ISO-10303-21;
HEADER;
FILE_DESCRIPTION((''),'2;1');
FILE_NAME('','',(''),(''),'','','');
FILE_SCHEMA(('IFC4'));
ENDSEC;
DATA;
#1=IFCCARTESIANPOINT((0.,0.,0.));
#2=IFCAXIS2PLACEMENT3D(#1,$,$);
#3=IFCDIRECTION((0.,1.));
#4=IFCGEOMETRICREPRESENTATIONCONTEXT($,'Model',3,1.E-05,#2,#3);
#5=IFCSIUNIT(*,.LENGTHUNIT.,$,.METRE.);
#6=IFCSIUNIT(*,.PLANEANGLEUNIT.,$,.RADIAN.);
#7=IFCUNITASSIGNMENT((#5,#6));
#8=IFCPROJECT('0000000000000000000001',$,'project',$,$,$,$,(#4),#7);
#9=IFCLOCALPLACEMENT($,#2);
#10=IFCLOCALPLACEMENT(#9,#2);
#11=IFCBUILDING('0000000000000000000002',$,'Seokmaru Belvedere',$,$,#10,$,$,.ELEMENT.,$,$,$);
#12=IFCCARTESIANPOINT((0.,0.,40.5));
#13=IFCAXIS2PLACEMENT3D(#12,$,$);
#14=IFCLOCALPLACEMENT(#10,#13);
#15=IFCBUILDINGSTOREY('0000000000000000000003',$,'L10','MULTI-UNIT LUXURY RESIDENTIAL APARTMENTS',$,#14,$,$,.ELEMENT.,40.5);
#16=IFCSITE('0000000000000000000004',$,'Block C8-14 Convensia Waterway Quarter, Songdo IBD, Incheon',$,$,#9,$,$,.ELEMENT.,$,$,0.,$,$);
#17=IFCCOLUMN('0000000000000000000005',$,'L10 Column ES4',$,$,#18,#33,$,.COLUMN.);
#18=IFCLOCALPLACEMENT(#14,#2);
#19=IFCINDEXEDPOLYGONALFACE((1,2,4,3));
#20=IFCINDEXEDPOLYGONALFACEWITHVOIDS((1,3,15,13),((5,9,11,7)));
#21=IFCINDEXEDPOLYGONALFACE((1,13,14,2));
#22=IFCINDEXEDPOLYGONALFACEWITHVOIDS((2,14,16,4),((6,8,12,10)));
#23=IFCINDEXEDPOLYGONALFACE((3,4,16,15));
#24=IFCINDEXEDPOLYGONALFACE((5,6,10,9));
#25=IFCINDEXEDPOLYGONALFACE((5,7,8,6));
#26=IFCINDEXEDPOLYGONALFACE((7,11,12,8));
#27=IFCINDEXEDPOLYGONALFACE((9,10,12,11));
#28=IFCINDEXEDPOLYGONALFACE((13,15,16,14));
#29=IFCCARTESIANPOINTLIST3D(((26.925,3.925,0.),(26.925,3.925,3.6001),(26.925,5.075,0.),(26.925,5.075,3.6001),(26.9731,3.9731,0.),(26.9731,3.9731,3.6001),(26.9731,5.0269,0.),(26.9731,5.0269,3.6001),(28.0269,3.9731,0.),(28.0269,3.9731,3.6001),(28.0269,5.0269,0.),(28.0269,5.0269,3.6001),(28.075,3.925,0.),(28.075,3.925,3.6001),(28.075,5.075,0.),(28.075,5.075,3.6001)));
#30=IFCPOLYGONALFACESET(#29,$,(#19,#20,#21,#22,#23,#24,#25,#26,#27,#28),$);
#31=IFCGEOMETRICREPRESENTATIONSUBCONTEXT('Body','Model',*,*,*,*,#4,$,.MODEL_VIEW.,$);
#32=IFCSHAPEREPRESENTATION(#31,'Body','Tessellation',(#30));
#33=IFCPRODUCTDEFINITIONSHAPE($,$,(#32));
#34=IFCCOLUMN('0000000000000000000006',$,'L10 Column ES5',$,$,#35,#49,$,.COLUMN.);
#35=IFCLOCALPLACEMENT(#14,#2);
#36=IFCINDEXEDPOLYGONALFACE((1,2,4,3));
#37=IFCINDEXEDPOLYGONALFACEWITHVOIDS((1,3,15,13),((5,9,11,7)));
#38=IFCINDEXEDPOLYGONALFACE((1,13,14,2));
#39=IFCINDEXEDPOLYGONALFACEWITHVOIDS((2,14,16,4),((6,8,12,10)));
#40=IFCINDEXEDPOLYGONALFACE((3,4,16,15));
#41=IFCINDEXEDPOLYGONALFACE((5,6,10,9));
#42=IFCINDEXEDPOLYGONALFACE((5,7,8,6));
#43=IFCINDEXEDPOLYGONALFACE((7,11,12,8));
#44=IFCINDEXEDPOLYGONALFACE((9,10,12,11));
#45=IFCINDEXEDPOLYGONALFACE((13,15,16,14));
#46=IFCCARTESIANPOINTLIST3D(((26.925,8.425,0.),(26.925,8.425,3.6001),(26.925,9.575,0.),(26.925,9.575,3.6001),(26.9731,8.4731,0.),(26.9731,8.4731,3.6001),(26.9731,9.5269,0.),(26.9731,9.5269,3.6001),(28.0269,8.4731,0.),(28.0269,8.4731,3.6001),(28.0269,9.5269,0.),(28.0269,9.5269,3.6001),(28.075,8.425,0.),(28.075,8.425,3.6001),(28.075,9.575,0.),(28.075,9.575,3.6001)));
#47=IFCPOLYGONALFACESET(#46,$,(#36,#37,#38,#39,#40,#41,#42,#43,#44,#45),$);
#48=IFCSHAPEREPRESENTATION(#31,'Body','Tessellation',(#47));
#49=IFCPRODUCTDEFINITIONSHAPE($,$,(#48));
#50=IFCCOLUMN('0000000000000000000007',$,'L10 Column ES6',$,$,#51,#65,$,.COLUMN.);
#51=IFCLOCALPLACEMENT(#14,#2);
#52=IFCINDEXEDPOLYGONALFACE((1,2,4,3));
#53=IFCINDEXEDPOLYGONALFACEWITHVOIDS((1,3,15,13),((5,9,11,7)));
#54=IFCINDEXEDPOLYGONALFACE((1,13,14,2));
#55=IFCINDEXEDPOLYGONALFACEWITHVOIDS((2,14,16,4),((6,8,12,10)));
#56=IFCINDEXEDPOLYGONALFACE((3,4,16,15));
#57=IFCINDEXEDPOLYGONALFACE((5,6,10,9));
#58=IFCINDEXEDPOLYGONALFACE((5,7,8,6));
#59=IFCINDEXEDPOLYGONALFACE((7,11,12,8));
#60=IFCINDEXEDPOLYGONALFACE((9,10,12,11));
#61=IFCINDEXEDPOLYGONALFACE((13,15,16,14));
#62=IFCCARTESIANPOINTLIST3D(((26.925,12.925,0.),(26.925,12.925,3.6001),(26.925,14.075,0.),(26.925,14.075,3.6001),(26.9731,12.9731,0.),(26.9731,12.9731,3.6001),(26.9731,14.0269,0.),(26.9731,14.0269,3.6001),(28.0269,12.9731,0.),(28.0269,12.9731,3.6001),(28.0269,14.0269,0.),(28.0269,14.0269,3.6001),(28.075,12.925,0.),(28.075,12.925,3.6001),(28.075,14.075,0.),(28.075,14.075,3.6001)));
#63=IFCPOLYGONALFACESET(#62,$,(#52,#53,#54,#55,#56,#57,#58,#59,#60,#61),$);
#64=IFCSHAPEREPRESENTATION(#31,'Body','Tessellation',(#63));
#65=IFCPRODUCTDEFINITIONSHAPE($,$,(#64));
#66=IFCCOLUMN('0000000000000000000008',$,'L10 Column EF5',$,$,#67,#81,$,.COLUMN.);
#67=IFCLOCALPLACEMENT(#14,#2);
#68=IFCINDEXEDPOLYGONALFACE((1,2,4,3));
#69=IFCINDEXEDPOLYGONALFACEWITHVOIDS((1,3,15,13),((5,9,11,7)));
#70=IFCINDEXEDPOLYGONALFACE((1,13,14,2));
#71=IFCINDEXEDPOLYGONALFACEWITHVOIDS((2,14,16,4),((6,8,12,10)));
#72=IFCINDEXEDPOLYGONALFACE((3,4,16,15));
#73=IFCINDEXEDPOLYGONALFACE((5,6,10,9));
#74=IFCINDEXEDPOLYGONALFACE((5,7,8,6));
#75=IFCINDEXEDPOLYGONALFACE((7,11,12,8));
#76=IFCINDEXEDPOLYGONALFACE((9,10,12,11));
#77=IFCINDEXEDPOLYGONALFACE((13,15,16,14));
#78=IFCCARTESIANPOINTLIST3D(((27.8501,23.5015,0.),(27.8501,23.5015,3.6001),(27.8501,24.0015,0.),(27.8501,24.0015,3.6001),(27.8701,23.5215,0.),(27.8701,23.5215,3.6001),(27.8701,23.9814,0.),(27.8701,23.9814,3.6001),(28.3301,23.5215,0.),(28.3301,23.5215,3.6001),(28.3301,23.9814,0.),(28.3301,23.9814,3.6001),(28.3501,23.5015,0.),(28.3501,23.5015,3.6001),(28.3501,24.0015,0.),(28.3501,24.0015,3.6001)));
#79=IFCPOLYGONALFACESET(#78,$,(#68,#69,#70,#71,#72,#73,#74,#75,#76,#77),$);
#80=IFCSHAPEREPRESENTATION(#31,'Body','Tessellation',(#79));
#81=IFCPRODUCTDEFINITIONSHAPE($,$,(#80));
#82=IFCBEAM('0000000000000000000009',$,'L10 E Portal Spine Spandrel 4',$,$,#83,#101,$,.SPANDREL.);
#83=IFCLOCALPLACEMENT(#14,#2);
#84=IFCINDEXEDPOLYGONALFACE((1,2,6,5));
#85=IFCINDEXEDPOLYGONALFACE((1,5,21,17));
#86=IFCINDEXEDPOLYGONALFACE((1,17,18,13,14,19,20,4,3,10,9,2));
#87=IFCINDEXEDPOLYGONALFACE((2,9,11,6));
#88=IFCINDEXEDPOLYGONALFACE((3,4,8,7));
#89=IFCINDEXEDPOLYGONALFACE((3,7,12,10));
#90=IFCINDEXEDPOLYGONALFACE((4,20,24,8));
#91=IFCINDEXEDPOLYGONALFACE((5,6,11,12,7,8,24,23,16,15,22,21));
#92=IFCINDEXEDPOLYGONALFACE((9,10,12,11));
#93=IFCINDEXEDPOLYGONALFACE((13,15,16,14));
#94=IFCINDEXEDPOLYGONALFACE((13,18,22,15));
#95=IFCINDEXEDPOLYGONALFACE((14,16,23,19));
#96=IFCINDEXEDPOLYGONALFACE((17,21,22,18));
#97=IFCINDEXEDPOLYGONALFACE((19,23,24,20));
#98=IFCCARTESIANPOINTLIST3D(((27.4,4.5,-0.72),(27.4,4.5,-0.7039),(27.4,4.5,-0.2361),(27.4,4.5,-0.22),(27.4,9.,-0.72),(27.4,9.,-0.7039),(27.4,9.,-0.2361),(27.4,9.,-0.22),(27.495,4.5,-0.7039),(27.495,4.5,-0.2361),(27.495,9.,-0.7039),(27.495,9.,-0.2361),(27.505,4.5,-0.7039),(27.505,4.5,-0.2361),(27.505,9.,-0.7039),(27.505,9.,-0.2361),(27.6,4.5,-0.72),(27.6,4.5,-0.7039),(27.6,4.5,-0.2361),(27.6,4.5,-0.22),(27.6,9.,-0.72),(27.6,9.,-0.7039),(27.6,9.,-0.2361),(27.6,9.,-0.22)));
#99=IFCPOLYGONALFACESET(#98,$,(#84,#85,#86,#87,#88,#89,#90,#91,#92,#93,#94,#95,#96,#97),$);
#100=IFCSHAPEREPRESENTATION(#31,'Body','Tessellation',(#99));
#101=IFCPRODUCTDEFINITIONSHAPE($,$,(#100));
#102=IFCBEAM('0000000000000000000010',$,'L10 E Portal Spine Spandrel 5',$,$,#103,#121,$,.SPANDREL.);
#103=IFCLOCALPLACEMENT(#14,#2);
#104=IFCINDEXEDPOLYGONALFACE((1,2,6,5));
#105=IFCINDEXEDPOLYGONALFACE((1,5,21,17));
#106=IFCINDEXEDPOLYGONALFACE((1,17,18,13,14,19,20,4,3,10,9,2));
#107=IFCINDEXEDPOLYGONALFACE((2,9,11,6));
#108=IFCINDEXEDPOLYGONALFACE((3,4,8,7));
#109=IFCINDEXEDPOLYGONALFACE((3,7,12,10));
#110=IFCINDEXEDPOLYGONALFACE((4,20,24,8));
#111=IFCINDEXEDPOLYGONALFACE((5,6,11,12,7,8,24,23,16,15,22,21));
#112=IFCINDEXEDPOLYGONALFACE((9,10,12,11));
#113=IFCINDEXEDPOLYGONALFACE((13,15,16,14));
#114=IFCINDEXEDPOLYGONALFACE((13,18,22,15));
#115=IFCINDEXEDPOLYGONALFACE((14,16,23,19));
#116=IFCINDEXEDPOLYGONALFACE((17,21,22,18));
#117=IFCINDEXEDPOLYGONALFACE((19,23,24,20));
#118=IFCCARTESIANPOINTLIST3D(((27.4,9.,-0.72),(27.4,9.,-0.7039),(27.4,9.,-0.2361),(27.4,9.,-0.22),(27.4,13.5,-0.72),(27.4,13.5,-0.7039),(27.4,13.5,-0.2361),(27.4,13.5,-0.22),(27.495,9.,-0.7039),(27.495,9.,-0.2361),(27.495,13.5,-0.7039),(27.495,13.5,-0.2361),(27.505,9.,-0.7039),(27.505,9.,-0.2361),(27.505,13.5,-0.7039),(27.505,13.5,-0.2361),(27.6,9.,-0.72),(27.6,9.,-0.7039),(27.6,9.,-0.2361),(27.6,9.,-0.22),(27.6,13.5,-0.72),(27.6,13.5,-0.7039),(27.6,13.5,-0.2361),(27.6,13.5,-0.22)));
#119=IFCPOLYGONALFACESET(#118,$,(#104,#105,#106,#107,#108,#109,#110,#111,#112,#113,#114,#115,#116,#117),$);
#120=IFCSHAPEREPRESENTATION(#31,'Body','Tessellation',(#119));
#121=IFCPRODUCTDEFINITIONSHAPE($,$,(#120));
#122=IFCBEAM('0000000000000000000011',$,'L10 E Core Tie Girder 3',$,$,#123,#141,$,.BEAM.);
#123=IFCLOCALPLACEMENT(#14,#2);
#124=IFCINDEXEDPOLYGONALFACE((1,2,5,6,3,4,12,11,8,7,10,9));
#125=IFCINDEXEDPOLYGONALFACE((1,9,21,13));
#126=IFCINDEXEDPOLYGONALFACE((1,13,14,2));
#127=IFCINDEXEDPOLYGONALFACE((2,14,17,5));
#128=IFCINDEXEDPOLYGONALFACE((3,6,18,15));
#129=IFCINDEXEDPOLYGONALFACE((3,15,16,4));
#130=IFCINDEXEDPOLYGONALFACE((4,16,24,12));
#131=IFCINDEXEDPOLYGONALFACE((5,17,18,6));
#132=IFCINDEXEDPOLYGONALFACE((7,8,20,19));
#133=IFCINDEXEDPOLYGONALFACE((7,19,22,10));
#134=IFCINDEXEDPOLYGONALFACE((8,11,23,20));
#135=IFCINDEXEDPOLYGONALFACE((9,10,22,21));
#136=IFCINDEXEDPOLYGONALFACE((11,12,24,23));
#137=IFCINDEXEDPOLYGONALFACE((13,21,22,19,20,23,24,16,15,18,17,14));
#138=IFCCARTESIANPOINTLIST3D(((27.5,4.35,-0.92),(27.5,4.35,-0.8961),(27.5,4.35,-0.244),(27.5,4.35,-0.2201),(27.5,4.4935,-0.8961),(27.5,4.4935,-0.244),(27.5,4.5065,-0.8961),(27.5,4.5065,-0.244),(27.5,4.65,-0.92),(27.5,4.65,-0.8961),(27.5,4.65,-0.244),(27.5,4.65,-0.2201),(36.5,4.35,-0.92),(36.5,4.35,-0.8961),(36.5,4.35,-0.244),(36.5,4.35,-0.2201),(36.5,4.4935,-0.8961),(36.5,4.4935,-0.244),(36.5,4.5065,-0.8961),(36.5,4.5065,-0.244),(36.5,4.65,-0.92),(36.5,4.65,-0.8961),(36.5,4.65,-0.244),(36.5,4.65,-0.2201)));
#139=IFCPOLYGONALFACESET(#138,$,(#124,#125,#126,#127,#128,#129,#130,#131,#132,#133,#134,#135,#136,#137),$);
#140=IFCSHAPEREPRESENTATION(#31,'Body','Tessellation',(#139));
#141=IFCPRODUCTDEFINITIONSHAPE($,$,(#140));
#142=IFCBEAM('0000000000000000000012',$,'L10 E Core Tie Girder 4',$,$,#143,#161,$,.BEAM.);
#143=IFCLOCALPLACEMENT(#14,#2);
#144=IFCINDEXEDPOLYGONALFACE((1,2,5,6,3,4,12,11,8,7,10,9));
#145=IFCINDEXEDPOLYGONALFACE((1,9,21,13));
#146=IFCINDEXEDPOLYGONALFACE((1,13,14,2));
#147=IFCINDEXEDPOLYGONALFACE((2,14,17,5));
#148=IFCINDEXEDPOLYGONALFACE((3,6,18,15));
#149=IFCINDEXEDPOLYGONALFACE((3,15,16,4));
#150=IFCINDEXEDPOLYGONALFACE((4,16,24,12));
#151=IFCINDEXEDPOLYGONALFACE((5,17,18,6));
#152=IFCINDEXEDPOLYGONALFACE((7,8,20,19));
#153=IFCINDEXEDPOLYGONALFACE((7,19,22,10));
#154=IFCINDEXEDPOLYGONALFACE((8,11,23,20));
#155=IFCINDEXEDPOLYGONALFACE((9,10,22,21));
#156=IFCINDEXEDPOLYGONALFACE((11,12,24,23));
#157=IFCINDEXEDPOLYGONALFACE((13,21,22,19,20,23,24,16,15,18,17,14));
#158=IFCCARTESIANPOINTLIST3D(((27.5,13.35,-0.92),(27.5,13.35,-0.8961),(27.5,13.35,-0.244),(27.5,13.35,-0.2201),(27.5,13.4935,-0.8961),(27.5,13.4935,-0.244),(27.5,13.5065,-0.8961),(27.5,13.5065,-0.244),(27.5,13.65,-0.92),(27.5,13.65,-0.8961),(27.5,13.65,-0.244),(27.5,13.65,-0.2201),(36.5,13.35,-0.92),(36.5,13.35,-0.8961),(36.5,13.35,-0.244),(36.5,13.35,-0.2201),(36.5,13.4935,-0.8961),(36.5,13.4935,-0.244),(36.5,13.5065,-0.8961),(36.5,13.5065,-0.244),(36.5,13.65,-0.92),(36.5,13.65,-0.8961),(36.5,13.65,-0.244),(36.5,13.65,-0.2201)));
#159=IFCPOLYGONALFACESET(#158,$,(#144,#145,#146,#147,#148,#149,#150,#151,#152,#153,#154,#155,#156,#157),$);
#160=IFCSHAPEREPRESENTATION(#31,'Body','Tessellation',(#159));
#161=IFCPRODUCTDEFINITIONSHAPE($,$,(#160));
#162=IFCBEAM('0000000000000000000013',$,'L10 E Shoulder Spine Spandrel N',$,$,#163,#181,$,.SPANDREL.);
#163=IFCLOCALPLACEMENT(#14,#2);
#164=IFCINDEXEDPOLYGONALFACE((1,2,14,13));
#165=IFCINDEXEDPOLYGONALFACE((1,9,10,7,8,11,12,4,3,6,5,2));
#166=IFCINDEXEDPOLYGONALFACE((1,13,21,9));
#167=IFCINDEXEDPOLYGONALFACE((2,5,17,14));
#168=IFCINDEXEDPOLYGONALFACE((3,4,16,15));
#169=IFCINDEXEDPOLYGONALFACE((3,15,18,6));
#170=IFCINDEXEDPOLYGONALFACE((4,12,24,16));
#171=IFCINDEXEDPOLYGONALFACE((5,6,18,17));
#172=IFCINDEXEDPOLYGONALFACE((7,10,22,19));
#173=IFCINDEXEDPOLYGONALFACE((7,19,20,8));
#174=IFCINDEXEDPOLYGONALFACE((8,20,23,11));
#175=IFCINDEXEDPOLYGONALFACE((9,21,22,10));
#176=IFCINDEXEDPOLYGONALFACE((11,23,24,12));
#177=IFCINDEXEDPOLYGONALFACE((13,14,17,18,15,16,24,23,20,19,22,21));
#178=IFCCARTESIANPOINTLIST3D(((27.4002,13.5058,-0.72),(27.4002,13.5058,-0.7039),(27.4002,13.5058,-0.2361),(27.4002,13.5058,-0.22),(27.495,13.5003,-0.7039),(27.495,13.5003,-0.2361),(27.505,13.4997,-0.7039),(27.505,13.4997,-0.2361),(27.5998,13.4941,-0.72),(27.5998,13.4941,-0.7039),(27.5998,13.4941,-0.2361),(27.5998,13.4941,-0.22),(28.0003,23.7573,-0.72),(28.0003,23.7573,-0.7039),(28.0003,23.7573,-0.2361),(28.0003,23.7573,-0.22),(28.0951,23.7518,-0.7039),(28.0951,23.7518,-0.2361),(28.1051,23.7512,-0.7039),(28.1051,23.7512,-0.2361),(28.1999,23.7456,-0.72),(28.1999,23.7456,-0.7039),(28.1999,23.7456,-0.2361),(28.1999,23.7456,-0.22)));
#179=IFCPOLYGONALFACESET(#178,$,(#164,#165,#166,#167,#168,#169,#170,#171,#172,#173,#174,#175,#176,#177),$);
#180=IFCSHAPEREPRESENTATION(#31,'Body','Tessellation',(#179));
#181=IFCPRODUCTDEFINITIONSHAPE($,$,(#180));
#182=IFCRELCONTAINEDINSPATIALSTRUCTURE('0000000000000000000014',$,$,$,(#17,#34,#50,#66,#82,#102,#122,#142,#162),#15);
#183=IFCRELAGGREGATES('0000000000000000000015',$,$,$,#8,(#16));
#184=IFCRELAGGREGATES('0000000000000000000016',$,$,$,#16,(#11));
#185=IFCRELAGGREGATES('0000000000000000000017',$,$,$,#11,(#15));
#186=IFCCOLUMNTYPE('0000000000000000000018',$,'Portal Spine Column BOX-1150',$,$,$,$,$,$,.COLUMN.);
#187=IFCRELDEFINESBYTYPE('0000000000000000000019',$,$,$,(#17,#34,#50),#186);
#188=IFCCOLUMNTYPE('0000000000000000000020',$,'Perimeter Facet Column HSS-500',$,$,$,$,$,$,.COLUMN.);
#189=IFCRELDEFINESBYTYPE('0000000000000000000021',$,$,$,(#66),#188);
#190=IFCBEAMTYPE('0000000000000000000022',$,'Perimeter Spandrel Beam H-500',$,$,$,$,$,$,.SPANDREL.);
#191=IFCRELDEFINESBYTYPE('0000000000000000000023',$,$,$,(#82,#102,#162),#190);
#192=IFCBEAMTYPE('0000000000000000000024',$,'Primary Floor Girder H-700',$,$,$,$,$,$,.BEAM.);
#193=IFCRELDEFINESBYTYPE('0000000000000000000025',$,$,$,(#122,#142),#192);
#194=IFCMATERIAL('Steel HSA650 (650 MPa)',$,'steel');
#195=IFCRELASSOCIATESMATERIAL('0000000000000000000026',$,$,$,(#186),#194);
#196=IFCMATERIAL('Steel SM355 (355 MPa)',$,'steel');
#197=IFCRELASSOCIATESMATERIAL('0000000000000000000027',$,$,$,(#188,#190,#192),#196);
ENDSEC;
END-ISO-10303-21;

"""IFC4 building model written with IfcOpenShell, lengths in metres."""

from ifc_helpers import new_model, si_unit, direction, frame, origin, origin_2d, place, context, subcontext, project, spatial, hollow_rectangle, i_section, extrude, source, transform, mapped, material, material_profile, profile_set, type_object, type_shapes, element, save


model = new_model("IFC4")

# Units and contexts
model_context = context("Model", 3, precision=1e-05, world=origin(), true_north=direction((0.0, 1.0)))
body_context = subcontext(model_context, "Body", "Model", "MODEL_VIEW")
ifc_project = project(units=[si_unit("LENGTHUNIT", "METRE"), si_unit("PLANEANGLEUNIT", "RADIAN")], contexts=[model_context])

# Site, building, storey
site_placement = place(None, origin())
site = spatial("IfcSite", under=ifc_project, at=site_placement, Name="Block C8-14 Convensia Waterway Quarter, Songdo IBD, Incheon", CompositionType="ELEMENT", RefElevation=0.0)
building_placement = place(site_placement, origin())
building = spatial("IfcBuilding", under=site, at=building_placement, Name="Seokmaru Belvedere", CompositionType="ELEMENT")
storey_placement = place(building_placement, frame((0.0, 0.0, 40.5)))
storey = spatial("IfcBuildingStorey", under=building, at=storey_placement, Name="L10", Description="MULTI-UNIT LUXURY RESIDENTIAL APARTMENTS", CompositionType="ELEMENT", Elevation=40.5)

# Columns
ifc_material_1 = material(Name="Steel HSA650 (650 MPa)", Category="steel")
ifc_material_profile_1 = material_profile(ifc_material_1, hollow_rectangle(XDim=1.1499, YDim=1.1499, WallThickness=0.0481, at=origin_2d()), Name="BOX-1150x1150x48")
ifc_profile_set_1 = profile_set([ifc_material_profile_1], Name="Steel HSA650 (650 MPa)")
column_type_1 = type_object("IfcColumnType", Name="Portal Spine Column BOX-1150", PredefinedType="COLUMN", material=ifc_profile_set_1)
shared_shape_1 = source(origin(), body_context, "Body", "SweptSolid", [
    extrude(hollow_rectangle(XDim=1.1499, YDim=1.1499, WallThickness=0.0481, at=origin_2d()), origin(), (0.0, 0.0, 1.0), 3.6001),
])
type_shapes(column_type_1, [shared_shape_1])
for number, where, z_axis, x_axis, name in (
    (1, (27.5, 4.5, 0.0), (0.0, 0.0, 1.0), (1.0, 0.0, 0.0), "L10 Column ES4"),
    (2, (27.5, 9.0, 0.0), (0.0, 0.0, 1.0), (1.0, 0.0, 0.0), "L10 Column ES5"),
    (3, (27.5, 13.5, 0.0), (0.0, 0.0, 1.0), (1.0, 0.0, 0.0), "L10 Column ES6"),
):
    element("IfcColumn", number, at=place(storey_placement, frame(where, z_axis=z_axis, x_axis=x_axis)), inside=storey, type_object=column_type_1, Name=name, PredefinedType="COLUMN", context=body_context, shape_type="MappedRepresentation", body=[
        mapped(shared_shape_1, transform((0.0, 0.0, 0.0), scale=1.0)),
    ])
ifc_material_2 = material(Name="Steel SM355 (355 MPa)", Category="steel")
ifc_material_profile_2 = material_profile(ifc_material_2, hollow_rectangle(XDim=0.5, YDim=0.5, WallThickness=0.02, at=origin_2d()), Name="HSS-500x500x20")
ifc_profile_set_2 = profile_set([ifc_material_profile_2], Name="Steel SM355 (355 MPa)")
column_type_2 = type_object("IfcColumnType", Name="Perimeter Facet Column HSS-500", PredefinedType="COLUMN", material=ifc_profile_set_2)
shared_shape_2 = source(origin(), body_context, "Body", "SweptSolid", [
    extrude(hollow_rectangle(XDim=0.5, YDim=0.5, WallThickness=0.02, at=origin_2d()), origin(), (0.0, 0.0, 1.0), 3.6001),
])
type_shapes(column_type_2, [shared_shape_2])
column_placement = place(storey_placement, frame((28.1001, 23.7515, 0.0), z_axis=(0.0, 0.0, 1.0), x_axis=(1.0, 0.0, 0.0)))
element("IfcColumn", 4, at=column_placement, inside=storey, type_object=column_type_2, Name="L10 Column EF5", PredefinedType="COLUMN", context=body_context, shape_type="MappedRepresentation", body=[
    mapped(shared_shape_2, transform((0.0, 0.0, 0.0), scale=1.0)),
])

# Beams
ifc_material_profile_3 = material_profile(ifc_material_2, i_section(OverallWidth=0.2, OverallDepth=0.5, WebThickness=0.01, FlangeThickness=0.0161, at=origin_2d()), Name="H-500x200x10x16")
ifc_profile_set_3 = profile_set([ifc_material_profile_3], Name="Steel SM355 (355 MPa)")
beam_type_1 = type_object("IfcBeamType", Name="Perimeter Spandrel Beam H-500", PredefinedType="SPANDREL", material=ifc_profile_set_3)
shared_shape_3 = source(origin(), body_context, "Body", "SweptSolid", [
    extrude(i_section(OverallWidth=0.2, OverallDepth=0.5, WebThickness=0.01, FlangeThickness=0.0161, at=origin_2d()), origin(), (0.0, 0.0, 1.0), 4.5),
])
for number, where, z_axis, x_axis, name in (
    (5, (27.5, 4.5, -0.47), (0.0, 1.0, 0.0), (-1.0, 0.0, 0.0), "L10 E Portal Spine Spandrel 4"),
    (6, (27.5, 9.0, -0.47), (0.0, 1.0, 0.0), (-1.0, 0.0, 0.0), "L10 E Portal Spine Spandrel 5"),
):
    element("IfcBeam", number, at=place(storey_placement, frame(where, z_axis=z_axis, x_axis=x_axis)), inside=storey, type_object=beam_type_1, Name=name, PredefinedType="SPANDREL", context=body_context, shape_type="MappedRepresentation", body=[
        mapped(shared_shape_3, transform((0.0, 0.0, 0.0), scale=1.0)),
    ])
ifc_material_profile_4 = material_profile(ifc_material_2, i_section(OverallWidth=0.3, OverallDepth=0.7, WebThickness=0.0129, FlangeThickness=0.0239, at=origin_2d()), Name="H-700x300x13x24")
ifc_profile_set_4 = profile_set([ifc_material_profile_4], Name="Steel SM355 (355 MPa)")
beam_type_2 = type_object("IfcBeamType", Name="Primary Floor Girder H-700", PredefinedType="BEAM", material=ifc_profile_set_4)
shared_shape_4 = source(origin(), body_context, "Body", "SweptSolid", [
    extrude(i_section(OverallWidth=0.3, OverallDepth=0.7, WebThickness=0.0129, FlangeThickness=0.0239, at=origin_2d()), origin(), (0.0, 0.0, 1.0), 9.0),
])
type_shapes(beam_type_2, [shared_shape_4])
for number, where, z_axis, x_axis, name in (
    (7, (27.5, 4.5, -0.5701), (1.0, 0.0, 0.0), (0.0, 1.0, 0.0), "L10 E Core Tie Girder 3"),
    (8, (27.5, 13.5, -0.5701), (1.0, 0.0, 0.0), (0.0, 1.0, 0.0), "L10 E Core Tie Girder 4"),
):
    element("IfcBeam", number, at=place(storey_placement, frame(where, z_axis=z_axis, x_axis=x_axis)), inside=storey, type_object=beam_type_2, Name=name, PredefinedType="BEAM", context=body_context, shape_type="MappedRepresentation", body=[
        mapped(shared_shape_4, transform((0.0, 0.0, 0.0), scale=1.0)),
    ])
shared_shape_5 = source(origin(), body_context, "Body", "SweptSolid", [
    extrude(i_section(OverallWidth=0.2, OverallDepth=0.5, WebThickness=0.01, FlangeThickness=0.0161, at=origin_2d()), origin(), (0.0, 0.0, 1.0), 10.269),
])
type_shapes(beam_type_1, [shared_shape_3, shared_shape_5])
beam_placement = place(storey_placement, frame((28.1001, 23.7515, -0.47), z_axis=(-0.058438, -0.998291, 0.0), x_axis=(0.998291, -0.058438, 0.0)))
element("IfcBeam", 9, at=beam_placement, inside=storey, type_object=beam_type_1, Name="L10 E Shoulder Spine Spandrel N", PredefinedType="SPANDREL", context=body_context, shape_type="MappedRepresentation", body=[
    mapped(shared_shape_5, transform((0.0, 0.0, 0.0), scale=1.0)),
])

save(model, "model.ifc")
